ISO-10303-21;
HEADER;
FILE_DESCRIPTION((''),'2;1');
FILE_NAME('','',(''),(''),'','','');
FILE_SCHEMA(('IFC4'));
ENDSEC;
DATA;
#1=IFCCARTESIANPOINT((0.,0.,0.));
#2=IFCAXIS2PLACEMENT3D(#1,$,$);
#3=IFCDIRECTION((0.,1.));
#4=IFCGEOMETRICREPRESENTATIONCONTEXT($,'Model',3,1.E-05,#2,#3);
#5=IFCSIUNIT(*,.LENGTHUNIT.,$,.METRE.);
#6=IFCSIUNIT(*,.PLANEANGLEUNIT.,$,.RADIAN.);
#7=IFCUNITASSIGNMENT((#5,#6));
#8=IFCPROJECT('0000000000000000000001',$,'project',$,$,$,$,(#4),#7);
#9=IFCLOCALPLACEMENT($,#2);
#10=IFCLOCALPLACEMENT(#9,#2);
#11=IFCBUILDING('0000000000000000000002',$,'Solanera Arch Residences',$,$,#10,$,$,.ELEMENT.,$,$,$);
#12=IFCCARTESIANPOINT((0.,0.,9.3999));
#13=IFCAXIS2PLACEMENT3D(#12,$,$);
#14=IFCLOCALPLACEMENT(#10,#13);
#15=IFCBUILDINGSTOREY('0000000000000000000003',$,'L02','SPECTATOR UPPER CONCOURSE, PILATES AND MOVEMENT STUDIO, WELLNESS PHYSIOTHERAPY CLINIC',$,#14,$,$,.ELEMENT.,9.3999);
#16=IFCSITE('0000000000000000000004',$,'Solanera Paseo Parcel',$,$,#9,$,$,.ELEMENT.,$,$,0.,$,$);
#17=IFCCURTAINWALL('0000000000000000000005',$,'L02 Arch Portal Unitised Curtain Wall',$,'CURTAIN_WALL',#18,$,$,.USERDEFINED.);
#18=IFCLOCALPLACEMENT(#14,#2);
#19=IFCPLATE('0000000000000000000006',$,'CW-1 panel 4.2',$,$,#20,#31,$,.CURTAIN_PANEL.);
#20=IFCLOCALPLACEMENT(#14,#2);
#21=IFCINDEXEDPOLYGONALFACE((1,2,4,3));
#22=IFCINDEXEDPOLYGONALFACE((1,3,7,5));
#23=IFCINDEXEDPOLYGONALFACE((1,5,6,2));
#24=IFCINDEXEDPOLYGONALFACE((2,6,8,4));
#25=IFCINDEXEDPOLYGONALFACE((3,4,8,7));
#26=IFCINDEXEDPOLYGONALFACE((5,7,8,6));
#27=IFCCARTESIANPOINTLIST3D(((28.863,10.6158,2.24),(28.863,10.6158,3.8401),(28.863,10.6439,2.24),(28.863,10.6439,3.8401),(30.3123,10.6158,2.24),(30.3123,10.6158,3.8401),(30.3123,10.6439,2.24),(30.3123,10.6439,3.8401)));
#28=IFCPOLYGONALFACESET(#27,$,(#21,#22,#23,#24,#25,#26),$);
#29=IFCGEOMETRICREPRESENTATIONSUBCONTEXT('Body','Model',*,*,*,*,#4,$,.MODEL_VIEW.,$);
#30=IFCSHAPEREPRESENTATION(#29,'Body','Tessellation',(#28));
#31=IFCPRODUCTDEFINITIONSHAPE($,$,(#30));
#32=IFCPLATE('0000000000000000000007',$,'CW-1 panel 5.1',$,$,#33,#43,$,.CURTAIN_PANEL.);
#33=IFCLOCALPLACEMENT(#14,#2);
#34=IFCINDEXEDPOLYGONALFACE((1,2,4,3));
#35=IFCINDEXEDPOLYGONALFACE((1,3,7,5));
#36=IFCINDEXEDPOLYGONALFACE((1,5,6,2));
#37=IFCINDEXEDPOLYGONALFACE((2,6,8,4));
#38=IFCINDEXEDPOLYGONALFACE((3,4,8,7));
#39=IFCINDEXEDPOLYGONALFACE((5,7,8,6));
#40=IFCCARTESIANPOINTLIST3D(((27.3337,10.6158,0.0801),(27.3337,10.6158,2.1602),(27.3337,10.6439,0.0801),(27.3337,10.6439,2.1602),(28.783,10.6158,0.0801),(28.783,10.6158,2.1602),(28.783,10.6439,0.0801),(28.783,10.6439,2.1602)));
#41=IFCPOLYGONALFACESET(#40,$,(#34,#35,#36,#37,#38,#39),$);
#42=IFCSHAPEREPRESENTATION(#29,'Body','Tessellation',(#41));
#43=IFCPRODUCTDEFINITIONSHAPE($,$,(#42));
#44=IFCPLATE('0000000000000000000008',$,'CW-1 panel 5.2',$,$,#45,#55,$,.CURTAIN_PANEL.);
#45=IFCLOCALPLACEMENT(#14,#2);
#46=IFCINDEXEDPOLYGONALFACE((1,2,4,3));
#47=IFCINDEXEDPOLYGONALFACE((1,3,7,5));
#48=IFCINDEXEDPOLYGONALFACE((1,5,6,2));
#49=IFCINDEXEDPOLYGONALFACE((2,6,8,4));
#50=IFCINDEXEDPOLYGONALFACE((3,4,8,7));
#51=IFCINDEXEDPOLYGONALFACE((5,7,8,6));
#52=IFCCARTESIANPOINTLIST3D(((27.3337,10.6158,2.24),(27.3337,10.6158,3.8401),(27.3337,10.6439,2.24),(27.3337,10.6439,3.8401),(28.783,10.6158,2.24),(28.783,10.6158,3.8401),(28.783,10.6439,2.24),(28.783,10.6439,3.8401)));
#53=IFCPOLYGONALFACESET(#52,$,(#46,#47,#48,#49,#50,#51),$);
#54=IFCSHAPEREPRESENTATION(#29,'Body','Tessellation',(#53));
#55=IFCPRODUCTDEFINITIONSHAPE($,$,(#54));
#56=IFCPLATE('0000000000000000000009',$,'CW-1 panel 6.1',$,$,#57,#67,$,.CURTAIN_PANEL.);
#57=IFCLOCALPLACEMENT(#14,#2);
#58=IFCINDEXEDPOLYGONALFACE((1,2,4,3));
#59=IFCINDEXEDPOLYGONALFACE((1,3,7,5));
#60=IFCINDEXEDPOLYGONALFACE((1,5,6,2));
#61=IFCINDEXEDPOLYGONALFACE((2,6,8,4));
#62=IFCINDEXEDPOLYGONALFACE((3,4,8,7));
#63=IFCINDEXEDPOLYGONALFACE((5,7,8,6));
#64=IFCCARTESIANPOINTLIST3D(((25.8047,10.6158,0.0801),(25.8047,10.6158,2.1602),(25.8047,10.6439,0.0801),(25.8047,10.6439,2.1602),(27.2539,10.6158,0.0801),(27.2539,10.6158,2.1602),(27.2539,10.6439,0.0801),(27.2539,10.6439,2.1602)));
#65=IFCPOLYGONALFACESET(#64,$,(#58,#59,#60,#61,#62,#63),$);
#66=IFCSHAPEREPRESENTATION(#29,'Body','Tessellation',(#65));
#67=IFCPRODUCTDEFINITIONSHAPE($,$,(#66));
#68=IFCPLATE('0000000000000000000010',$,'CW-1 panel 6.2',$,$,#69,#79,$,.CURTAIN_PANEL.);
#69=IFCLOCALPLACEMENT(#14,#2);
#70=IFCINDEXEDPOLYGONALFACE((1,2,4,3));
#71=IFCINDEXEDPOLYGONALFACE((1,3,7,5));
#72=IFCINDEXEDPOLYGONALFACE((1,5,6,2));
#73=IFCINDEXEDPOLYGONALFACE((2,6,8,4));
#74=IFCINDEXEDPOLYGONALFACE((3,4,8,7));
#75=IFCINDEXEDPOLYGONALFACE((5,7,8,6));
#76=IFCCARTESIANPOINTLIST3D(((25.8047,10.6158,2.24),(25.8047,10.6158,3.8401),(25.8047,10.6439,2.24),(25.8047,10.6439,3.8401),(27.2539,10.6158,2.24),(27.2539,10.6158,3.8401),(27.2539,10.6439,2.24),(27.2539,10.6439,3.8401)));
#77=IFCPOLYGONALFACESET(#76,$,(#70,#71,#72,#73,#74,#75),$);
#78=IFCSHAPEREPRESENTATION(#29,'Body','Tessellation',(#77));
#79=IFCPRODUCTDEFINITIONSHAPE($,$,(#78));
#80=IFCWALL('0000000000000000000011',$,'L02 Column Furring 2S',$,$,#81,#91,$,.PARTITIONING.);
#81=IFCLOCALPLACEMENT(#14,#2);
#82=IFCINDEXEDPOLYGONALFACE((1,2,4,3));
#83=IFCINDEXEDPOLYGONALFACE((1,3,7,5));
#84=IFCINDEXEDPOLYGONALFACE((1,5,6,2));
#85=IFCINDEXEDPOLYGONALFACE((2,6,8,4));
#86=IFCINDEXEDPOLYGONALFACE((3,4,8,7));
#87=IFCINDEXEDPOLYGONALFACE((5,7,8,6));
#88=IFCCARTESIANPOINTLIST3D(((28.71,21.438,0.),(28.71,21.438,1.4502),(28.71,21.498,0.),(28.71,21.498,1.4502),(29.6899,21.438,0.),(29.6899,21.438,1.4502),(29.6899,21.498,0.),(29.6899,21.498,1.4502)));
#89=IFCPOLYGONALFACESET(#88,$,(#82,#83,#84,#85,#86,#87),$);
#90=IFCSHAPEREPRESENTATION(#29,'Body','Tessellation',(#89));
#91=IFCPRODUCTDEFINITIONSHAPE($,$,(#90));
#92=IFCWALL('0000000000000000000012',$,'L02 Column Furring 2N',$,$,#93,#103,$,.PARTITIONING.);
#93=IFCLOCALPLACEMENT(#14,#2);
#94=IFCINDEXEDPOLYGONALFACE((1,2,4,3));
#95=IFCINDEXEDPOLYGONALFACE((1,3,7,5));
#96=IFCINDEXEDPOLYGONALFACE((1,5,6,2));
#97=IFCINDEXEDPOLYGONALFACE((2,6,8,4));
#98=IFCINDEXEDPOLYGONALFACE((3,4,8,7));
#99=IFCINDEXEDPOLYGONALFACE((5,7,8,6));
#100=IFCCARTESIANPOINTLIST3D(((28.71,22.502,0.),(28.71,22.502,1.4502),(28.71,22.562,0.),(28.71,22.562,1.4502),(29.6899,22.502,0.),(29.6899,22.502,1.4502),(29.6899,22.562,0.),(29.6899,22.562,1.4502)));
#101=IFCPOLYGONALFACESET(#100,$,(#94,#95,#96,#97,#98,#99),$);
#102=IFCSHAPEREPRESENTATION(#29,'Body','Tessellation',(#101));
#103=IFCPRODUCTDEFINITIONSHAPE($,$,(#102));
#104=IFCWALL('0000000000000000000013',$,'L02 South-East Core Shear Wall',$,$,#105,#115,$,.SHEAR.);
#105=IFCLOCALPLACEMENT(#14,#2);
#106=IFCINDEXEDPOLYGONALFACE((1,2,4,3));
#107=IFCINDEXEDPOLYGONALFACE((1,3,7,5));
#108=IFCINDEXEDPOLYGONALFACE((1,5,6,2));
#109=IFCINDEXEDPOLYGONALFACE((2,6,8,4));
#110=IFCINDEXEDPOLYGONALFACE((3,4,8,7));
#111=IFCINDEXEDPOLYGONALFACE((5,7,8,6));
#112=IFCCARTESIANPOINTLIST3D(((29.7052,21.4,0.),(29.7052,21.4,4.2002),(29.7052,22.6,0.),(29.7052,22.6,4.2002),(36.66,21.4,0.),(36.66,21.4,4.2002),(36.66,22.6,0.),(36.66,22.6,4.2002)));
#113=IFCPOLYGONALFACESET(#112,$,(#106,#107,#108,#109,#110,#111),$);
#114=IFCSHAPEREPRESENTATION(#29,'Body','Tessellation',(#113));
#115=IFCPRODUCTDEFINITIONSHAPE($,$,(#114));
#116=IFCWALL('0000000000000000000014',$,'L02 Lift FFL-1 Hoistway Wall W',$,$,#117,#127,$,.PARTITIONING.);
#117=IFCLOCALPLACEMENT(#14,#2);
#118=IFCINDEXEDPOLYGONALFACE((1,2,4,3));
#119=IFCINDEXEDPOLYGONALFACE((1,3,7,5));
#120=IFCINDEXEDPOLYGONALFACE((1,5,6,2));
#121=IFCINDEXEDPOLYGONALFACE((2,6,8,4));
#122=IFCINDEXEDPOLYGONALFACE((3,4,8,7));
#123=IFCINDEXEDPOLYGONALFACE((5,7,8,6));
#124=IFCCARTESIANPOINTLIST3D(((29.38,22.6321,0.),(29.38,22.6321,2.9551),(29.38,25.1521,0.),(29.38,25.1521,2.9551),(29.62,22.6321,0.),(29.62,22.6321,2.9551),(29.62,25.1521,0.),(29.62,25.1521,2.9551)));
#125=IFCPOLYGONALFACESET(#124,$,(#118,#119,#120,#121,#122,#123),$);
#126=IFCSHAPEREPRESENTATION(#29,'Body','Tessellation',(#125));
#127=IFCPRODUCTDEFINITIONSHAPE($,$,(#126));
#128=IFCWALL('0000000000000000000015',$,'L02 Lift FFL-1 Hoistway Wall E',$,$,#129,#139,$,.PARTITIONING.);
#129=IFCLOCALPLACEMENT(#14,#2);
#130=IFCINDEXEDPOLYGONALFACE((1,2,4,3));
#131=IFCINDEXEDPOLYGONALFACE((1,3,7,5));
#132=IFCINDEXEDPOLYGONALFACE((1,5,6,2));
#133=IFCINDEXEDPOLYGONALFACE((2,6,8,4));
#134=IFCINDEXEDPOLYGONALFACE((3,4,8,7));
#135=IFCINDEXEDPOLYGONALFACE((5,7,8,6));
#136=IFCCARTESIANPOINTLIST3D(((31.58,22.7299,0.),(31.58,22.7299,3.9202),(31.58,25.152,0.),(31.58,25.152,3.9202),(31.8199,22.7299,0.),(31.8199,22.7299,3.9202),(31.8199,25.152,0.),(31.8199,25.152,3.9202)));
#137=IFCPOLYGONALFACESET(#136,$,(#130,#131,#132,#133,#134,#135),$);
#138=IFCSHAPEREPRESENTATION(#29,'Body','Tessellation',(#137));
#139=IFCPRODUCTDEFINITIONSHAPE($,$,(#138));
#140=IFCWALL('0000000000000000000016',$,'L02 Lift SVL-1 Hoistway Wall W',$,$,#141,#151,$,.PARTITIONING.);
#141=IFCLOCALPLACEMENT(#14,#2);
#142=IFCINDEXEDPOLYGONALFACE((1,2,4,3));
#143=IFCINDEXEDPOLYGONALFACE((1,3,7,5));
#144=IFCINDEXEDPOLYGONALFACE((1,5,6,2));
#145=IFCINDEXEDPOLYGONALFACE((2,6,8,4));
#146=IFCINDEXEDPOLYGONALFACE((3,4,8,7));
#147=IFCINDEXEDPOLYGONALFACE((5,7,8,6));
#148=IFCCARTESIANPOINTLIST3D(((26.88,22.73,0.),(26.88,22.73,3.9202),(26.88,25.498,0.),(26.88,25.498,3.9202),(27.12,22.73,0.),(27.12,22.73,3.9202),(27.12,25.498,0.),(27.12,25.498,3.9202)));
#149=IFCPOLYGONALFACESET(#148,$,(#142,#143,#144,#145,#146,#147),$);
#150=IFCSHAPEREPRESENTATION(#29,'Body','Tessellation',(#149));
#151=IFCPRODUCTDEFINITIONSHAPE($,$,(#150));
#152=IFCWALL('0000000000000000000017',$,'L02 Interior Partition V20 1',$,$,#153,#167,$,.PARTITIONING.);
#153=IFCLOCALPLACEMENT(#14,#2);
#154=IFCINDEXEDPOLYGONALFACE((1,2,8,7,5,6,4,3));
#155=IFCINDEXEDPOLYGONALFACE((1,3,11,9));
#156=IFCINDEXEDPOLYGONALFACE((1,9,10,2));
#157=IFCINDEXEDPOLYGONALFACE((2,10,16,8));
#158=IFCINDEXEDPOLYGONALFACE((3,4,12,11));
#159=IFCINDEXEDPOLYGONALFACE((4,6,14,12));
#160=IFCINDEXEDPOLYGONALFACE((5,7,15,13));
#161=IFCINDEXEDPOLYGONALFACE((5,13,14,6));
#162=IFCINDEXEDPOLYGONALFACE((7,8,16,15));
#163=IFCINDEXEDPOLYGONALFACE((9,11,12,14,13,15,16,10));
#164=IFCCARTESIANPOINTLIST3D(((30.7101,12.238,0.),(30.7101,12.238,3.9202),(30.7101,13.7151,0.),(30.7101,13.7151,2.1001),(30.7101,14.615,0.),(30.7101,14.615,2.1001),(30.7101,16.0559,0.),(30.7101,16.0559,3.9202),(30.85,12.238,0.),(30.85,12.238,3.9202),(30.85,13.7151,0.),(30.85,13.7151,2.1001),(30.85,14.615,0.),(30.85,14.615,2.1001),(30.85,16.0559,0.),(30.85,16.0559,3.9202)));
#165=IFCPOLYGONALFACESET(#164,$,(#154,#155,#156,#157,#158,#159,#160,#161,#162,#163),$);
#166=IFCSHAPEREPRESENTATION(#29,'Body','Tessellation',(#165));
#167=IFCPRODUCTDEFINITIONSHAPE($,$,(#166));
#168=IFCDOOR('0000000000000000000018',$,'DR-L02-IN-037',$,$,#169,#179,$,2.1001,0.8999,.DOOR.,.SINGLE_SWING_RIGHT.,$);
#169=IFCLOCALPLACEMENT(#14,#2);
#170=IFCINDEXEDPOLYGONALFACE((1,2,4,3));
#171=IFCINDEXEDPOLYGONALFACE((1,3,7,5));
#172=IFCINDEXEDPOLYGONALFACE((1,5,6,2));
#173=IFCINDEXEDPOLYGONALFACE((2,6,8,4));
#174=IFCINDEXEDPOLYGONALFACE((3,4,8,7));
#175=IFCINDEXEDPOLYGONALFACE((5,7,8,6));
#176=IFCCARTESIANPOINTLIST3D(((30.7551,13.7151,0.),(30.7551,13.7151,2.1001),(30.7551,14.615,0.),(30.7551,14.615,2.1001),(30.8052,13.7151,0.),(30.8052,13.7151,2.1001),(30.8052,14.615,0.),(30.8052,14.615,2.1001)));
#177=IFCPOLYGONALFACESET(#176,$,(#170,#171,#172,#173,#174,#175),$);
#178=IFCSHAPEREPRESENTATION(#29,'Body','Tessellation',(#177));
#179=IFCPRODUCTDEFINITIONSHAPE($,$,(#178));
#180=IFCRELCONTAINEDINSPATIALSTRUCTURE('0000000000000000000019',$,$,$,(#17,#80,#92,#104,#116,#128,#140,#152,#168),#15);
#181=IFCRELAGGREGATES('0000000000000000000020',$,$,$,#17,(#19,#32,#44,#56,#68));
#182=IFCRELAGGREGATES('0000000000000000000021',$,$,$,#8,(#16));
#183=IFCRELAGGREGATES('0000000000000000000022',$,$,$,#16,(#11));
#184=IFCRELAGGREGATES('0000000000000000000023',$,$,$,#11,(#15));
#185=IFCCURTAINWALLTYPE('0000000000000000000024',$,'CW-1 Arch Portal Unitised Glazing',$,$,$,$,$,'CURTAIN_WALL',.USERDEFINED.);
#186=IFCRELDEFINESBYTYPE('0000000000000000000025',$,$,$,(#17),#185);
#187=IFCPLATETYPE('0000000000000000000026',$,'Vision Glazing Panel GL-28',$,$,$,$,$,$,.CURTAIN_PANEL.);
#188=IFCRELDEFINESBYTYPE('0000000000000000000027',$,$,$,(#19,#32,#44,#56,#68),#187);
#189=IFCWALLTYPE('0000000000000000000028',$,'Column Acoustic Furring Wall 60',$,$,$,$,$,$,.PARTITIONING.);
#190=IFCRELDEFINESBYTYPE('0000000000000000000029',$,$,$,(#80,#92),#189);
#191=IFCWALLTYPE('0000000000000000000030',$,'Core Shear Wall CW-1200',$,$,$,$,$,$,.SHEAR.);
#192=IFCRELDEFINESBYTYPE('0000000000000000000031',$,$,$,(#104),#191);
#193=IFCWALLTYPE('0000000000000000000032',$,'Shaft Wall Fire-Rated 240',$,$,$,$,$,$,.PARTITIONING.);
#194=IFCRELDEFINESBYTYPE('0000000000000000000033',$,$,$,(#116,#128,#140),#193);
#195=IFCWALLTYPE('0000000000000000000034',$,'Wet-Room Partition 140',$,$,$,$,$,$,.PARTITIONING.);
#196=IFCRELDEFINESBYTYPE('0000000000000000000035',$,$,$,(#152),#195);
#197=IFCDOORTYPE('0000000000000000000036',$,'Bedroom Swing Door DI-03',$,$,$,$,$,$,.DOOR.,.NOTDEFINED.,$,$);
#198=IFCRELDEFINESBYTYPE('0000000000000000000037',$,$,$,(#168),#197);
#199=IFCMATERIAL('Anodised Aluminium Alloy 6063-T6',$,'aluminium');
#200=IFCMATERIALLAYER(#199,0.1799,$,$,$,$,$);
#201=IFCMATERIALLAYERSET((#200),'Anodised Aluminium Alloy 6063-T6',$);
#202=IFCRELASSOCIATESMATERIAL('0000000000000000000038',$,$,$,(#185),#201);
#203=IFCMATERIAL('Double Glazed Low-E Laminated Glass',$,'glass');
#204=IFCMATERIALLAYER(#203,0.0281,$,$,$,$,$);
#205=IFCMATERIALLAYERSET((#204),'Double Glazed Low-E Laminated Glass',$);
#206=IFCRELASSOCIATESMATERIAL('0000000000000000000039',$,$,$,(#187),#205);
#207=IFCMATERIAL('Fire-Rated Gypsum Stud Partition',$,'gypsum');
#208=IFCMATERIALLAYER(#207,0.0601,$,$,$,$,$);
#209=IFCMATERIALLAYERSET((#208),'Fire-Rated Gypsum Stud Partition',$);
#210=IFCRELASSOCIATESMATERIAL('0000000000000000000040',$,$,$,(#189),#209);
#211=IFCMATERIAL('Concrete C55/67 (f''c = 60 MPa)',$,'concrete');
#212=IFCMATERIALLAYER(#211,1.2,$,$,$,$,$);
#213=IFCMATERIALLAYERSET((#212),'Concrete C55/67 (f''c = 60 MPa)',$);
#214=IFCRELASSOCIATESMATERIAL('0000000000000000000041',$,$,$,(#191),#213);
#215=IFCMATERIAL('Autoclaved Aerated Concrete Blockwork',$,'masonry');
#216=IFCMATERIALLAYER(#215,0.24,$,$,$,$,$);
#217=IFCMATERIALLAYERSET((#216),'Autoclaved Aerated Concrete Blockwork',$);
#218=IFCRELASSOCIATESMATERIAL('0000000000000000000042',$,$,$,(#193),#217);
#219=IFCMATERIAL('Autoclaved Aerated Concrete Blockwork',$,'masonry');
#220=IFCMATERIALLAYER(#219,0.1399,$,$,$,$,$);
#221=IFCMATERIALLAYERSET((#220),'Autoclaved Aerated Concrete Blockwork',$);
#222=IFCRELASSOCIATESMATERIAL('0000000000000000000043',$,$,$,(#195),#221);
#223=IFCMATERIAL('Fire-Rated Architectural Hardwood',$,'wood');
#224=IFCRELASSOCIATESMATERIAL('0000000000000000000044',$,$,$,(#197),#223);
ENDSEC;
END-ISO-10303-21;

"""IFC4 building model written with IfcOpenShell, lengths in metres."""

from ifc_helpers import new_model, si_unit, direction, frame, frame_2d, origin, origin_2d, place, context, subcontext, project, spatial, rectangle, extrude, material, layer, layer_set, type_object, element, fill, aggregate, save


model = new_model("IFC4")

# Units and contexts
model_context = context("Model", 3, precision=1e-05, world=origin(), true_north=direction((0.0, 1.0)))
body_context = subcontext(model_context, "Body", "Model", "MODEL_VIEW")
ifc_project = project(units=[si_unit("LENGTHUNIT", "METRE"), si_unit("PLANEANGLEUNIT", "RADIAN")], contexts=[model_context])

# Site, building, storey
site_placement = place(None, origin())
site = spatial("IfcSite", under=ifc_project, at=site_placement, Name="Solanera Paseo Parcel", CompositionType="ELEMENT", RefElevation=0.0)
building_placement = place(site_placement, origin())
building = spatial("IfcBuilding", under=site, at=building_placement, Name="Solanera Arch Residences", CompositionType="ELEMENT")
storey_placement = place(building_placement, frame((0.0, 0.0, 9.3999)))
storey = spatial("IfcBuildingStorey", under=building, at=storey_placement, Name="L02", Description="SPECTATOR UPPER CONCOURSE, PILATES AND MOVEMENT STUDIO, WELLNESS PHYSIOTHERAPY CLINIC", CompositionType="ELEMENT", Elevation=9.3999)

# Curtain wall
ifc_material_1 = material(Name="Anodised Aluminium Alloy 6063-T6", Category="aluminium")
ifc_layer_1 = layer(ifc_material_1, 0.1799)
ifc_layer_set_1 = layer_set([ifc_layer_1], Name="Anodised Aluminium Alloy 6063-T6")
curtain_wall_type = type_object("IfcCurtainWallType", Name="CW-1 Arch Portal Unitised Glazing", ElementType="CURTAIN_WALL", PredefinedType="USERDEFINED", material=ifc_layer_set_1)
curtain_wall_placement = place(storey_placement, origin())
curtain_wall = element("IfcCurtainWall", 1, at=curtain_wall_placement, inside=storey, type_object=curtain_wall_type, Name="L02 Arch Portal Unitised Curtain Wall", ObjectType="CURTAIN_WALL", PredefinedType="USERDEFINED")

# Plates
ifc_material_2 = material(Name="Double Glazed Low-E Laminated Glass", Category="glass")
ifc_layer_2 = layer(ifc_material_2, 0.0281)
ifc_layer_set_2 = layer_set([ifc_layer_2], Name="Double Glazed Low-E Laminated Glass")
plate_type_1 = type_object("IfcPlateType", Name="Vision Glazing Panel GL-28", PredefinedType="CURTAIN_PANEL", material=ifc_layer_set_2)
plate_1_placement = place(storey_placement, frame((29.5876, 10.6299, 2.24), z_axis=(0.0, 0.0, 1.0), x_axis=(-1.0, 0.0, 0.0)))
plate_1 = element("IfcPlate", 2, at=plate_1_placement, type_object=plate_type_1, Name="CW-1 panel 4.2", PredefinedType="CURTAIN_PANEL", context=body_context, shape_type="SweptSolid", body=[
    extrude(rectangle(XDim=1.4492, YDim=0.0281, at=origin_2d()), origin(), (0.0, 0.0, 1.0), 1.6001),
])
plate_2_placement = place(storey_placement, frame((28.0583, 10.6299, 0.0801), z_axis=(0.0, 0.0, 1.0), x_axis=(-1.0, 0.0, 0.0)))
plate_2 = element("IfcPlate", 3, at=plate_2_placement, type_object=plate_type_1, Name="CW-1 panel 5.1", PredefinedType="CURTAIN_PANEL", context=body_context, shape_type="SweptSolid", body=[
    extrude(rectangle(XDim=1.4492, YDim=0.0281, at=origin_2d()), origin(), (0.0, 0.0, 1.0), 2.0801),
])
plate_3_placement = place(storey_placement, frame((28.0583, 10.6299, 2.24), z_axis=(0.0, 0.0, 1.0), x_axis=(-1.0, 0.0, 0.0)))
plate_3 = element("IfcPlate", 4, at=plate_3_placement, type_object=plate_type_1, Name="CW-1 panel 5.2", PredefinedType="CURTAIN_PANEL", context=body_context, shape_type="SweptSolid", body=[
    extrude(rectangle(XDim=1.4492, YDim=0.0281, at=origin_2d()), origin(), (0.0, 0.0, 1.0), 1.6001),
])
plate_4_placement = place(storey_placement, frame((26.5293, 10.6299, 0.0801), z_axis=(0.0, 0.0, 1.0), x_axis=(-1.0, 0.0, 0.0)))
plate_4 = element("IfcPlate", 5, at=plate_4_placement, type_object=plate_type_1, Name="CW-1 panel 6.1", PredefinedType="CURTAIN_PANEL", context=body_context, shape_type="SweptSolid", body=[
    extrude(rectangle(XDim=1.4492, YDim=0.0281, at=origin_2d()), origin(), (0.0, 0.0, 1.0), 2.0801),
])
plate_5_placement = place(storey_placement, frame((26.5293, 10.6299, 2.24), z_axis=(0.0, 0.0, 1.0), x_axis=(-1.0, 0.0, 0.0)))
plate_5 = element("IfcPlate", 6, at=plate_5_placement, type_object=plate_type_1, Name="CW-1 panel 6.2", PredefinedType="CURTAIN_PANEL", context=body_context, shape_type="SweptSolid", body=[
    extrude(rectangle(XDim=1.4492, YDim=0.0281, at=origin_2d()), origin(), (0.0, 0.0, 1.0), 1.6001),
])
aggregate(curtain_wall, [plate_1, plate_2, plate_3, plate_4, plate_5])

# Walls
ifc_material_3 = material(Name="Fire-Rated Gypsum Stud Partition", Category="gypsum")
ifc_layer_3 = layer(ifc_material_3, 0.0601)
ifc_layer_set_3 = layer_set([ifc_layer_3], Name="Fire-Rated Gypsum Stud Partition")
wall_type_1 = type_object("IfcWallType", Name="Column Acoustic Furring Wall 60", PredefinedType="PARTITIONING", material=ifc_layer_set_3)
for number, where, z_axis, x_axis, name in (
    (7, (28.71, 21.468, 0.0), (0.0, 0.0, 1.0), (1.0, 0.0, 0.0), "L02 Column Furring 2S"),
    (8, (28.71, 22.532, 0.0), (0.0, 0.0, 1.0), (1.0, 0.0, 0.0), "L02 Column Furring 2N"),
):
    element("IfcWall", number, at=place(storey_placement, frame(where, z_axis=z_axis, x_axis=x_axis)), inside=storey, type_object=wall_type_1, Name=name, PredefinedType="PARTITIONING", context=body_context, shape_type="SweptSolid", body=[
        extrude(rectangle(XDim=0.98, YDim=0.0601, at=frame_2d((0.49, 0.0))), origin(), (0.0, 0.0, 1.0), 1.4502),
    ])
ifc_material_4 = material(Name="Concrete C55/67 (f'c = 60 MPa)", Category="concrete")
ifc_layer_4 = layer(ifc_material_4, 1.2)
ifc_layer_set_4 = layer_set([ifc_layer_4], Name="Concrete C55/67 (f'c = 60 MPa)")
wall_type_2 = type_object("IfcWallType", Name="Core Shear Wall CW-1200", PredefinedType="SHEAR", material=ifc_layer_set_4)
wall_1_placement = place(storey_placement, frame((29.7051, 22.0, 0.0), z_axis=(0.0, 0.0, 1.0), x_axis=(1.0, 0.0, 0.0)))
element("IfcWall", 9, at=wall_1_placement, inside=storey, type_object=wall_type_2, Name="L02 South-East Core Shear Wall", PredefinedType="SHEAR", context=body_context, shape_type="SweptSolid", body=[
    extrude(rectangle(XDim=6.9548, YDim=1.2, at=frame_2d((3.4775, 0.0))), origin(), (0.0, 0.0, 1.0), 4.2002),
])
ifc_material_5 = material(Name="Autoclaved Aerated Concrete Blockwork", Category="masonry")
ifc_layer_5 = layer(ifc_material_5, 0.24)
ifc_layer_set_5 = layer_set([ifc_layer_5], Name="Autoclaved Aerated Concrete Blockwork")
wall_type_3 = type_object("IfcWallType", Name="Shaft Wall Fire-Rated 240", PredefinedType="PARTITIONING", material=ifc_layer_set_5)
wall_2_placement = place(storey_placement, frame((29.5, 22.6321, 0.0), z_axis=(0.0, 0.0, 1.0), x_axis=(0.0, 1.0, 0.0)))
element("IfcWall", 10, at=wall_2_placement, inside=storey, type_object=wall_type_3, Name="L02 Lift FFL-1 Hoistway Wall W", PredefinedType="PARTITIONING", context=body_context, shape_type="SweptSolid", body=[
    extrude(rectangle(XDim=2.52, YDim=0.24, at=frame_2d((1.26, 0.0))), origin(), (0.0, 0.0, 1.0), 2.9551),
])
wall_3_placement = place(storey_placement, frame((31.7, 22.73, 0.0), z_axis=(0.0, 0.0, 1.0), x_axis=(0.0, 1.0, 0.0)))
element("IfcWall", 11, at=wall_3_placement, inside=storey, type_object=wall_type_3, Name="L02 Lift FFL-1 Hoistway Wall E", PredefinedType="PARTITIONING", context=body_context, shape_type="SweptSolid", body=[
    extrude(rectangle(XDim=2.4221, YDim=0.24, at=frame_2d((1.2109, 0.0))), origin(), (0.0, 0.0, 1.0), 3.9202),
])
wall_4_placement = place(storey_placement, frame((27.0, 22.73, 0.0), z_axis=(0.0, 0.0, 1.0), x_axis=(0.0, 1.0, 0.0)))
element("IfcWall", 12, at=wall_4_placement, inside=storey, type_object=wall_type_3, Name="L02 Lift SVL-1 Hoistway Wall W", PredefinedType="PARTITIONING", context=body_context, shape_type="SweptSolid", body=[
    extrude(rectangle(XDim=2.7681, YDim=0.24, at=frame_2d((1.384, 0.0))), origin(), (0.0, 0.0, 1.0), 3.9202),
])

# Wall, opening, door
ifc_material_6 = material(Name="Autoclaved Aerated Concrete Blockwork", Category="masonry")
ifc_layer_6 = layer(ifc_material_6, 0.1399)
ifc_layer_set_6 = layer_set([ifc_layer_6], Name="Autoclaved Aerated Concrete Blockwork")
wall_type_4 = type_object("IfcWallType", Name="Wet-Room Partition 140", PredefinedType="PARTITIONING", material=ifc_layer_set_6)
wall_5_placement = place(storey_placement, frame((30.78, 12.238, 0.0), z_axis=(0.0, 0.0, 1.0), x_axis=(0.0, 1.0, 0.0)))
wall_5 = element("IfcWall", 13, at=wall_5_placement, inside=storey, type_object=wall_type_4, Name="L02 Interior Partition V20 1", PredefinedType="PARTITIONING", context=body_context, shape_type="SweptSolid", body=[
    extrude(rectangle(XDim=3.8179, YDim=0.1399, at=frame_2d((1.9089, 0.0))), origin(), (0.0, 0.0, 1.0), 3.9202),
])
opening_1_placement = place(wall_5_placement, frame((1.4771, 0.0, 0.0)))
opening_1 = element("IfcOpeningElement", 14, at=opening_1_placement, cuts=wall_5, PredefinedType="OPENING", context=body_context, shape_type="SweptSolid", body=[
    extrude(rectangle(XDim=0.8999, YDim=2.1001, at=frame_2d((0.45, 1.05))), frame((0.0, 0.0798, 0.0), z_axis=(0.0, -1.0, 0.0), x_axis=(1.0, 0.0, 0.0)), (0.0, 0.0, 1.0), 0.1599),
])
ifc_material_7 = material(Name="Fire-Rated Architectural Hardwood", Category="wood")
door_type_1 = type_object("IfcDoorType", Name="Bedroom Swing Door DI-03", OperationType="NOTDEFINED", PredefinedType="DOOR", material=ifc_material_7)
door_1_placement = place(opening_1_placement, origin())
door_1 = element("IfcDoor", 15, at=door_1_placement, inside=storey, type_object=door_type_1, Name="DR-L02-IN-037", OperationType="SINGLE_SWING_RIGHT", OverallHeight=2.1001, OverallWidth=0.8999, PredefinedType="DOOR", context=body_context, shape_type="SweptSolid", body=[
    extrude(rectangle(XDim=0.8999, YDim=2.1001, at=frame_2d((0.45, 1.05))), frame((0.0, 0.0249, 0.0), z_axis=(0.0, -1.0, 0.0), x_axis=(1.0, 0.0, 0.0)), (0.0, 0.0, 1.0), 0.05),
])
fill(opening_1, door_1)

save(model, "model.ifc")
